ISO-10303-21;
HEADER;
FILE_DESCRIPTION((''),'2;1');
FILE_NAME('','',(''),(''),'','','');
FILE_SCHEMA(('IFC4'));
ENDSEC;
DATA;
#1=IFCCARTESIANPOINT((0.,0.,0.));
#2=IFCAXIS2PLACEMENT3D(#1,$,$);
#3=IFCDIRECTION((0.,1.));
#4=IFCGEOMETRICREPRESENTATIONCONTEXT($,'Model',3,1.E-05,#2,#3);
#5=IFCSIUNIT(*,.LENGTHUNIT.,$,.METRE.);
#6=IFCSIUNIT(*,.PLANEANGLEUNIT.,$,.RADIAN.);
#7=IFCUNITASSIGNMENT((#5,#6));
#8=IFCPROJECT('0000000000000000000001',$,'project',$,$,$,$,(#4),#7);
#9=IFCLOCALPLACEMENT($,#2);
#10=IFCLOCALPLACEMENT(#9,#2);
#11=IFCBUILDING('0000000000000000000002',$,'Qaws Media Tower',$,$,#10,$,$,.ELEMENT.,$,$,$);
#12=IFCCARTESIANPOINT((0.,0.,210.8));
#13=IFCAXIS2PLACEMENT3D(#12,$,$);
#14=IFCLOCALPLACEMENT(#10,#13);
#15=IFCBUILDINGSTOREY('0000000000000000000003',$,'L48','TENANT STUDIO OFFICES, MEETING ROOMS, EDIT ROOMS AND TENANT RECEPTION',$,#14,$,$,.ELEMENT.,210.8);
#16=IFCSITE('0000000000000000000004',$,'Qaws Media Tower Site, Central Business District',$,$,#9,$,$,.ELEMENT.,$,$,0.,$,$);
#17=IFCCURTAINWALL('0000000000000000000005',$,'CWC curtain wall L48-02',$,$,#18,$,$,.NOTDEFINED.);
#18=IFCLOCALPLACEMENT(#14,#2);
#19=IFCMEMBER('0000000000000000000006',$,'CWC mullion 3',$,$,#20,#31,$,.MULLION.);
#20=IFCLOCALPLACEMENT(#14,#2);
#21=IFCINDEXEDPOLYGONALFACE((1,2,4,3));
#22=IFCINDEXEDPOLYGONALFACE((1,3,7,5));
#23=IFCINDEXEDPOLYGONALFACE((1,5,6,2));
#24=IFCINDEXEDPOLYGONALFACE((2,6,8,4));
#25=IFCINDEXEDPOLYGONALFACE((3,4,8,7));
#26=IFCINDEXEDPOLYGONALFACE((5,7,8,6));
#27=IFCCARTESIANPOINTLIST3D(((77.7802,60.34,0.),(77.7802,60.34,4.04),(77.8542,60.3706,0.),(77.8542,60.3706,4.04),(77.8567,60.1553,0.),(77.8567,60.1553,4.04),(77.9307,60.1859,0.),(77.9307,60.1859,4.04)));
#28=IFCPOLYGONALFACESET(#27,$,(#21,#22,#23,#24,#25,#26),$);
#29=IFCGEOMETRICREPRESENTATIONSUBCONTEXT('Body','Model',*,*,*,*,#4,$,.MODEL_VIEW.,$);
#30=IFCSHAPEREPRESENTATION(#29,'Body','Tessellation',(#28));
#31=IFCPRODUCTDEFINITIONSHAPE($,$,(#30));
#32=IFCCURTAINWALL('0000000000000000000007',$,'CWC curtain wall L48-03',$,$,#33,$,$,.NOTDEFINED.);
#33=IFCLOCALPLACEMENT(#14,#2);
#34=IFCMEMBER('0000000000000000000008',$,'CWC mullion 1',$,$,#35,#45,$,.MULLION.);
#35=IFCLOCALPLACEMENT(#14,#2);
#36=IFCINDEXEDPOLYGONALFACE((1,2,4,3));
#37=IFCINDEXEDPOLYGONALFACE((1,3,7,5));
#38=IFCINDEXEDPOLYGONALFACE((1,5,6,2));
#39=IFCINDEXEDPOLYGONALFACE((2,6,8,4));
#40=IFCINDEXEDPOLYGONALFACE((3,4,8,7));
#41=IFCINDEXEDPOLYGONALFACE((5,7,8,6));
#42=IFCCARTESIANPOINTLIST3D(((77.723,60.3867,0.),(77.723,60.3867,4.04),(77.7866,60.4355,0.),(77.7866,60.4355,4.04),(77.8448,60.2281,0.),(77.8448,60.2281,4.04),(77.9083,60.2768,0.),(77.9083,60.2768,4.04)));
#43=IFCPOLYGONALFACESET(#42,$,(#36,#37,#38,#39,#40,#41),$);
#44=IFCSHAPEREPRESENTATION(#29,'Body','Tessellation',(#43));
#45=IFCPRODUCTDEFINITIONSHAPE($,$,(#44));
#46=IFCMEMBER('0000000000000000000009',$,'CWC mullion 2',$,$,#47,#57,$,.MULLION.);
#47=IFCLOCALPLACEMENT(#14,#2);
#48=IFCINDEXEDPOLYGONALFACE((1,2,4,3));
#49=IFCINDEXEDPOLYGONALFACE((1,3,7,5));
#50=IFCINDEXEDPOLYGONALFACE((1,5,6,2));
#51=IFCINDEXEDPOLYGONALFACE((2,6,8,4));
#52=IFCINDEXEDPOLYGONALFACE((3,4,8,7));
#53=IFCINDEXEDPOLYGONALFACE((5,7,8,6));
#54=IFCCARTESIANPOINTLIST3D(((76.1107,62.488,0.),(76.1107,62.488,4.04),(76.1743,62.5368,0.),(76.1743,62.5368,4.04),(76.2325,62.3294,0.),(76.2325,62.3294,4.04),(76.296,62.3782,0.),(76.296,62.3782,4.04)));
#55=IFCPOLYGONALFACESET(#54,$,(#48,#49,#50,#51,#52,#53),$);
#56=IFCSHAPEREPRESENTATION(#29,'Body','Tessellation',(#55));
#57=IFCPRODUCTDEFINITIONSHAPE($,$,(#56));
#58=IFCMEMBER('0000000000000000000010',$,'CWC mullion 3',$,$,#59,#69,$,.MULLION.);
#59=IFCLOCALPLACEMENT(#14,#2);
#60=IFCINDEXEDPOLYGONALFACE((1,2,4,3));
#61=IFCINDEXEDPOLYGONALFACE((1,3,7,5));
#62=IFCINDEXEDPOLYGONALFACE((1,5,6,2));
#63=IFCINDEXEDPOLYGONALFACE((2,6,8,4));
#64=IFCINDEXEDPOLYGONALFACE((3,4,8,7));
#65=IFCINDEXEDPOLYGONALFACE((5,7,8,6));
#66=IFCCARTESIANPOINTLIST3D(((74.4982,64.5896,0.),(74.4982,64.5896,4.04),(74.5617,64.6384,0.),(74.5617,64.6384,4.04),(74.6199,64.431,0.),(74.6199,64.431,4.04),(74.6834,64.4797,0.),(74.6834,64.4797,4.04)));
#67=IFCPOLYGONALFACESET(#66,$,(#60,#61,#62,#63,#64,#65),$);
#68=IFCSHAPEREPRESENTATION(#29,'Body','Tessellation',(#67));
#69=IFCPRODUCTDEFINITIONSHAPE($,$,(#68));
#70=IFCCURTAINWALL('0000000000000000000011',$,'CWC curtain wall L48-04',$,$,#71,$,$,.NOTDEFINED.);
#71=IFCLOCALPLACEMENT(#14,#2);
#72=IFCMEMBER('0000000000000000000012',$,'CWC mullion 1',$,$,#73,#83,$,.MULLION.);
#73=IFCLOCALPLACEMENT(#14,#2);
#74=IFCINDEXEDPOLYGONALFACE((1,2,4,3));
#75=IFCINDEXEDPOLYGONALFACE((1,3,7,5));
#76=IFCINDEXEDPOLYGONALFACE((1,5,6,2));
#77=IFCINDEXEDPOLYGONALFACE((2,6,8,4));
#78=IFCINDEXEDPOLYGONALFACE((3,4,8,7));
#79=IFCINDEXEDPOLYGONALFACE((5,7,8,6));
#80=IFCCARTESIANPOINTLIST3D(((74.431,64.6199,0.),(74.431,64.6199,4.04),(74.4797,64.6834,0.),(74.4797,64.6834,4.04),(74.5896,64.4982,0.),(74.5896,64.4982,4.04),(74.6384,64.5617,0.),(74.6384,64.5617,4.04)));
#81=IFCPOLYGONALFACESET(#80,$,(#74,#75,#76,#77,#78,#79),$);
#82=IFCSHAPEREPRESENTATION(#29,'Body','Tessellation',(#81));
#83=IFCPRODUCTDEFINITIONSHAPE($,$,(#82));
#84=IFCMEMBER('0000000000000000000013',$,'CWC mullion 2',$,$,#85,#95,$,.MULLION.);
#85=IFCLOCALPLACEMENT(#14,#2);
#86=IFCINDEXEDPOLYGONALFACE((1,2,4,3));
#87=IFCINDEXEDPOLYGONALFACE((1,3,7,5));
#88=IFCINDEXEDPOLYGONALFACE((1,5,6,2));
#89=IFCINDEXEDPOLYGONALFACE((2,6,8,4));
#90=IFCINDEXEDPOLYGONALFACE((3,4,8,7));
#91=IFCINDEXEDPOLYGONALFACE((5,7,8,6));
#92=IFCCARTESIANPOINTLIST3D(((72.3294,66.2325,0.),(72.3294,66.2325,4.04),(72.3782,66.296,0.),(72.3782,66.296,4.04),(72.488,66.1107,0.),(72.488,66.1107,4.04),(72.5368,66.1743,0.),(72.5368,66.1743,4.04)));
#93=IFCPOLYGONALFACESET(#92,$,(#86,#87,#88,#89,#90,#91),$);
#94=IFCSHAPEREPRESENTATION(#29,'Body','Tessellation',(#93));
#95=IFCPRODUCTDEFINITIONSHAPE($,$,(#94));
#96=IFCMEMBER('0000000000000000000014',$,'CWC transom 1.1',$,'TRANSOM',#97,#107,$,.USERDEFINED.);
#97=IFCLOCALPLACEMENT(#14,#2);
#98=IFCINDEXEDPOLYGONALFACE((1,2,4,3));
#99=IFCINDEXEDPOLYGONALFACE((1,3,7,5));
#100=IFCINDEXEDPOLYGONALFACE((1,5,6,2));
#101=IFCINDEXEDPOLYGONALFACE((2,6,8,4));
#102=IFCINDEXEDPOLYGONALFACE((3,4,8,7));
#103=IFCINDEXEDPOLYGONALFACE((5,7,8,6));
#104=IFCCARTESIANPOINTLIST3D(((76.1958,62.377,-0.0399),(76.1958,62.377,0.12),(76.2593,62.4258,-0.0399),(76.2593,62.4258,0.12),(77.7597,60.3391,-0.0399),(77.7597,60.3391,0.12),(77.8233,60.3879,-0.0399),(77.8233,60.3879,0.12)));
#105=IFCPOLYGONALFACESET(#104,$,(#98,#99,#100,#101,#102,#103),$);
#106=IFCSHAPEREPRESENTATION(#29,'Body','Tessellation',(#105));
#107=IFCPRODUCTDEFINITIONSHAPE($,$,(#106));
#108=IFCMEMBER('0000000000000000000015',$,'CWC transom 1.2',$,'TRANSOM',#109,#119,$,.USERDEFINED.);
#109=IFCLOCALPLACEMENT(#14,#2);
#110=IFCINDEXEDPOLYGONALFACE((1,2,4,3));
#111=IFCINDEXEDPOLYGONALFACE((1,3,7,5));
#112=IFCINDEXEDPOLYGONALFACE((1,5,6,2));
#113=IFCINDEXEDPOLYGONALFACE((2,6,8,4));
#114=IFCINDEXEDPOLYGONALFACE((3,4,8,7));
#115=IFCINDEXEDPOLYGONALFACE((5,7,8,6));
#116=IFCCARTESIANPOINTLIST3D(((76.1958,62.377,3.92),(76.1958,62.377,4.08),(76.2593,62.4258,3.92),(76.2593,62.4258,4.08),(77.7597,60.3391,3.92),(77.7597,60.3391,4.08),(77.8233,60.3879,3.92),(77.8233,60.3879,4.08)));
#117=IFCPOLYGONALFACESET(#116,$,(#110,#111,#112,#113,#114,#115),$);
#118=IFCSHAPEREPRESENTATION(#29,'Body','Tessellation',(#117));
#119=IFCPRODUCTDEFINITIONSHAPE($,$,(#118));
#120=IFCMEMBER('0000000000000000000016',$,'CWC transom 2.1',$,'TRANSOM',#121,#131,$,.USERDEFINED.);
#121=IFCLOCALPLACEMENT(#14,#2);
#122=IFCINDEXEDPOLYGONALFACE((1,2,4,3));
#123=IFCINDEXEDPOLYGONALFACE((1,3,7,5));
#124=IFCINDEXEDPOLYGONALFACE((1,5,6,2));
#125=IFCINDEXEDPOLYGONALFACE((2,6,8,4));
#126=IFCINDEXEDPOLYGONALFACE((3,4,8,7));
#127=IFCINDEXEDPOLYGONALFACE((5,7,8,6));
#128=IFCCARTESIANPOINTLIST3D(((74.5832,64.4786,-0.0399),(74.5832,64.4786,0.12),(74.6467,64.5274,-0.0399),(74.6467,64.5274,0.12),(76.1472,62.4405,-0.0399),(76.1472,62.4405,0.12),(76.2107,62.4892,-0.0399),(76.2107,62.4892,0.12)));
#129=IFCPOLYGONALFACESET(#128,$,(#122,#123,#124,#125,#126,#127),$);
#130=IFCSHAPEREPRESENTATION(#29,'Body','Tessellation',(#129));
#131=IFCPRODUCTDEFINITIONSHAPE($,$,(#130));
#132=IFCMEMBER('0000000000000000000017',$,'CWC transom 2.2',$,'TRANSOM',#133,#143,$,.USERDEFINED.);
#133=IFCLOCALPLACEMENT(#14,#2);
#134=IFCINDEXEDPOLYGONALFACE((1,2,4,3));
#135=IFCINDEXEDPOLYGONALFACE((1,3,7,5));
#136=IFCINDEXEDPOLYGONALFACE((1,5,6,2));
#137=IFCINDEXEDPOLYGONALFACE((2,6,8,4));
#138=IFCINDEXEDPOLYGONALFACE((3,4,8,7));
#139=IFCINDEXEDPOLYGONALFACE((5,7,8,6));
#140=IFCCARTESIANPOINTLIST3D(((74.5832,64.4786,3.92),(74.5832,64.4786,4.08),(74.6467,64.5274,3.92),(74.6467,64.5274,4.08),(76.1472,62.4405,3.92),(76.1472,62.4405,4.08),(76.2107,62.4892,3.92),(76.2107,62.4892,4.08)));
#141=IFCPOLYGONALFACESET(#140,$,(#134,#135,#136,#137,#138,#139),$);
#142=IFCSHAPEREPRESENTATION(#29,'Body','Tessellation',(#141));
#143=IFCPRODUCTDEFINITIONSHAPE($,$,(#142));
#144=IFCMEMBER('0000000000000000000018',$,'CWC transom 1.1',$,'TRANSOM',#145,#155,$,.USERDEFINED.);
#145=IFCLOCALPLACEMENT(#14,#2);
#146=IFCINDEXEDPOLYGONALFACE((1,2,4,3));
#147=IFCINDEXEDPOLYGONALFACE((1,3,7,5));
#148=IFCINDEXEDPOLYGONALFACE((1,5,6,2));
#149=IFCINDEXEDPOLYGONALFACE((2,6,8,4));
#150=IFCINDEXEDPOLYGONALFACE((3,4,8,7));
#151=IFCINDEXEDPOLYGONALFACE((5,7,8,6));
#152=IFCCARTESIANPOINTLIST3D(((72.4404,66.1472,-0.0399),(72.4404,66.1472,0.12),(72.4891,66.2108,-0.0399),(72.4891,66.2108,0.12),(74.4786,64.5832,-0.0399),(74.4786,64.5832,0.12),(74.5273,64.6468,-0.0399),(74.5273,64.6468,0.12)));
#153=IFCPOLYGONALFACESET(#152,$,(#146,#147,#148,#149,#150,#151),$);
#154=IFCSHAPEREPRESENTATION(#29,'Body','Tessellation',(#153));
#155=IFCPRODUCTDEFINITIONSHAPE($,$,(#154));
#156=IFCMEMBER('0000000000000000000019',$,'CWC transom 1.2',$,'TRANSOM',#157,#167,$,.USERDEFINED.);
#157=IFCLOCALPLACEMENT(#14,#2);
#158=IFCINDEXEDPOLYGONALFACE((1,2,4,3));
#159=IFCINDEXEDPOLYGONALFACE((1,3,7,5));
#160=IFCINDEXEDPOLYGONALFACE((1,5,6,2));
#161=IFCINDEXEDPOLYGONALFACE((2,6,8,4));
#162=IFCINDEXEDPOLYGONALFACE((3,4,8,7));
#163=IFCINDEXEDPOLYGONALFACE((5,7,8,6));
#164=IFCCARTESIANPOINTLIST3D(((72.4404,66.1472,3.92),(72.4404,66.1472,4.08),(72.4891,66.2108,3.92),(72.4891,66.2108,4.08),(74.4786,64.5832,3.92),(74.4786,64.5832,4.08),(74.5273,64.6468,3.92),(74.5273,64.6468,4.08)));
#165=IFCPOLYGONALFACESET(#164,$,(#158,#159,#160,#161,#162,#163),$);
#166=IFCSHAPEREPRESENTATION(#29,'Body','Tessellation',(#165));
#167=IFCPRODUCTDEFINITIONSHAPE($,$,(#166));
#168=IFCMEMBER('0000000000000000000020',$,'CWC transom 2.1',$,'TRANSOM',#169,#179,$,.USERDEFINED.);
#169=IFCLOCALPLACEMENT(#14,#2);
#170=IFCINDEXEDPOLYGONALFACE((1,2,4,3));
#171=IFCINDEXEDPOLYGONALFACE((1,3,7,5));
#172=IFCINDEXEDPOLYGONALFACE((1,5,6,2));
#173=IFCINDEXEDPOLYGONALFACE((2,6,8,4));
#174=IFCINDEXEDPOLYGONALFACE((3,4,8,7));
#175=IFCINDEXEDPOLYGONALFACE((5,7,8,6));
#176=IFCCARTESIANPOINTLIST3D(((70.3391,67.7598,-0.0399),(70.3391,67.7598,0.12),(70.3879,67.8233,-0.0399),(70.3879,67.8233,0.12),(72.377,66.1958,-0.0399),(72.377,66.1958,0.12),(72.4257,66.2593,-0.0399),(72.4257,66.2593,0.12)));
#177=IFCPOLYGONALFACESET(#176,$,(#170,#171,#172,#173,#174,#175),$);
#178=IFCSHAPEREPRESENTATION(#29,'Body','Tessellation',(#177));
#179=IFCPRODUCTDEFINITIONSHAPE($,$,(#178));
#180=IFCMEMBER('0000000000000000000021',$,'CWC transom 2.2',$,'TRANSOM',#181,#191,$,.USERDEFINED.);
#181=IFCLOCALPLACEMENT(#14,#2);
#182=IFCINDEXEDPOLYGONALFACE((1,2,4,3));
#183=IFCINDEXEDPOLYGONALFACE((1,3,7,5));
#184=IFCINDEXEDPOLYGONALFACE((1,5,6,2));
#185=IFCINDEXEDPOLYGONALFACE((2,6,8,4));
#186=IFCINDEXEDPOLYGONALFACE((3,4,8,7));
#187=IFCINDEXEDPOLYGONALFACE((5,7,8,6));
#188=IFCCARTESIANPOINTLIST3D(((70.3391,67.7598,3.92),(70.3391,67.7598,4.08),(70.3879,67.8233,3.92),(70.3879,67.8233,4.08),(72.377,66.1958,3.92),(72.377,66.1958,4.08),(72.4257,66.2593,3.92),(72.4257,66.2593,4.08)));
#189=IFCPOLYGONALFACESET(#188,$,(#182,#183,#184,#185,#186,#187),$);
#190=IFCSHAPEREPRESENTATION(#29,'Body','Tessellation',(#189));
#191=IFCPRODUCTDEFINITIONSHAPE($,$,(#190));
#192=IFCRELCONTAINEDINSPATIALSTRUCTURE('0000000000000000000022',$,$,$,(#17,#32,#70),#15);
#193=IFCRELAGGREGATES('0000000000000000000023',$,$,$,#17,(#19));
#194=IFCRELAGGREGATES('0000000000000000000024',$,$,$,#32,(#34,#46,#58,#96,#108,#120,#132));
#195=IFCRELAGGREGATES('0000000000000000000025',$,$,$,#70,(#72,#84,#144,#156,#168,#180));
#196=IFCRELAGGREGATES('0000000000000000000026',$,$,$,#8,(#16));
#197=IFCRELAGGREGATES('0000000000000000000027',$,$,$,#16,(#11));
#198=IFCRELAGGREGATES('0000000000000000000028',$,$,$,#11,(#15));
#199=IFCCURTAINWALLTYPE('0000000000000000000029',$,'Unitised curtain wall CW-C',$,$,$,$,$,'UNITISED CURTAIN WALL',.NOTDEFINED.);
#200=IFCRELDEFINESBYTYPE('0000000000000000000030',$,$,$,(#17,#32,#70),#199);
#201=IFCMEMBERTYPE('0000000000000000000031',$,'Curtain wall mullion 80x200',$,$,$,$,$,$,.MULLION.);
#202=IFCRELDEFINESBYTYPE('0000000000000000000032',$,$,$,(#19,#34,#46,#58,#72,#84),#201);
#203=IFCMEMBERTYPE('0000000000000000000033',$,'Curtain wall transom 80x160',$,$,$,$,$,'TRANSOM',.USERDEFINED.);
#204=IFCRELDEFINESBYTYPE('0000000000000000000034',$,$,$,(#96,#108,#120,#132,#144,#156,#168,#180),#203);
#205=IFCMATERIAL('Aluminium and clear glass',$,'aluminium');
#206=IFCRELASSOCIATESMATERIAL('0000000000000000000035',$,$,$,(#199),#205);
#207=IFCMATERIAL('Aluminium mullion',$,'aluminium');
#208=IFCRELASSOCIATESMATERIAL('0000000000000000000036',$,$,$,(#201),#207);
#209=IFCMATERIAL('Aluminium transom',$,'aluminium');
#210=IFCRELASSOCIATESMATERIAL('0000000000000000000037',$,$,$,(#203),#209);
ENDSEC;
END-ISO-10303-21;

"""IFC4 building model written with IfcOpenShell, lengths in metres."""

from ifc_helpers import new_model, si_unit, direction, frame, origin, origin_2d, place, context, subcontext, project, spatial, rectangle, extrude, material, material_profile, profile_set, type_object, element, aggregate, save


model = new_model("IFC4")

# Units and contexts
model_context = context("Model", 3, precision=1e-05, world=origin(), true_north=direction((0.0, 1.0)))
body_context = subcontext(model_context, "Body", "Model", "MODEL_VIEW")
ifc_project = project(units=[si_unit("LENGTHUNIT", "METRE"), si_unit("PLANEANGLEUNIT", "RADIAN")], contexts=[model_context])

# Site, building, storey
site_placement = place(None, origin())
site = spatial("IfcSite", under=ifc_project, at=site_placement, Name="Qaws Media Tower Site, Central Business District", CompositionType="ELEMENT", RefElevation=0.0)
building_placement = place(site_placement, origin())
building = spatial("IfcBuilding", under=site, at=building_placement, Name="Qaws Media Tower", CompositionType="ELEMENT")
storey_placement = place(building_placement, frame((0.0, 0.0, 210.8)))
storey = spatial("IfcBuildingStorey", under=building, at=storey_placement, Name="L48", Description="TENANT STUDIO OFFICES, MEETING ROOMS, EDIT ROOMS AND TENANT RECEPTION", CompositionType="ELEMENT", Elevation=210.8)

# Curtain wall, member
ifc_material_1 = material(Name="Aluminium and clear glass", Category="aluminium")
curtain_wall_type = type_object("IfcCurtainWallType", Name="Unitised curtain wall CW-C", ElementType="UNITISED CURTAIN WALL", PredefinedType="NOTDEFINED", material=ifc_material_1)
curtain_wall_1_placement = place(storey_placement, origin())
curtain_wall_1 = element("IfcCurtainWall", 1, at=curtain_wall_1_placement, inside=storey, type_object=curtain_wall_type, Name="CWC curtain wall L48-02", PredefinedType="NOTDEFINED")
ifc_material_2 = material(Name="Aluminium mullion", Category="aluminium")
ifc_material_profile_1 = material_profile(ifc_material_2, rectangle(XDim=0.0801, YDim=0.2, at=origin_2d()), Name="80x200")
ifc_profile_set_1 = profile_set([ifc_material_profile_1], Name="Aluminium mullion")
member_type_1 = type_object("IfcMemberType", Name="Curtain wall mullion 80x200", PredefinedType="MULLION", material=ifc_profile_set_1)
member_1_placement = place(storey_placement, frame((77.8555, 60.2629, 0.0), z_axis=(0.0, 0.0, 1.0), x_axis=(-0.92388, -0.382683, 0.0)))
member_1 = element("IfcMember", 2, at=member_1_placement, type_object=member_type_1, Name="CWC mullion 3", PredefinedType="MULLION", context=body_context, shape_type="SweptSolid", body=[
    extrude(rectangle(XDim=0.0801, YDim=0.2, at=origin_2d()), origin(), (0.0, 0.0, 1.0), 4.04),
])

# Curtain walls, members
curtain_wall_2_placement = place(storey_placement, origin())
curtain_wall_2 = element("IfcCurtainWall", 3, at=curtain_wall_2_placement, inside=storey, type_object=curtain_wall_type, Name="CWC curtain wall L48-03", PredefinedType="NOTDEFINED")
member_2_placement = place(storey_placement, frame((77.8157, 60.3318, 0.0), z_axis=(0.0, 0.0, 1.0), x_axis=(-0.793353, -0.608761, 0.0)))
member_2 = element("IfcMember", 4, at=member_2_placement, type_object=member_type_1, Name="CWC mullion 1", PredefinedType="MULLION", context=body_context, shape_type="SweptSolid", body=[
    extrude(rectangle(XDim=0.0801, YDim=0.2, at=origin_2d()), origin(), (0.0, 0.0, 1.0), 4.04),
])
member_3_placement = place(storey_placement, frame((76.2034, 62.4331, 0.0), z_axis=(0.0, 0.0, 1.0), x_axis=(-0.793353, -0.608761, 0.0)))
member_3 = element("IfcMember", 5, at=member_3_placement, type_object=member_type_1, Name="CWC mullion 2", PredefinedType="MULLION", context=body_context, shape_type="SweptSolid", body=[
    extrude(rectangle(XDim=0.0801, YDim=0.2, at=origin_2d()), origin(), (0.0, 0.0, 1.0), 4.04),
])
member_4_placement = place(storey_placement, frame((74.5908, 64.5347, 0.0), z_axis=(0.0, 0.0, 1.0), x_axis=(-0.793353, -0.608761, 0.0)))
member_4 = element("IfcMember", 6, at=member_4_placement, type_object=member_type_1, Name="CWC mullion 3", PredefinedType="MULLION", context=body_context, shape_type="SweptSolid", body=[
    extrude(rectangle(XDim=0.0801, YDim=0.2, at=origin_2d()), origin(), (0.0, 0.0, 1.0), 4.04),
])
curtain_wall_3_placement = place(storey_placement, origin())
curtain_wall_3 = element("IfcCurtainWall", 7, at=curtain_wall_3_placement, inside=storey, type_object=curtain_wall_type, Name="CWC curtain wall L48-04", PredefinedType="NOTDEFINED")
member_5_placement = place(storey_placement, frame((74.5347, 64.5908, 0.0), z_axis=(0.0, 0.0, 1.0), x_axis=(-0.608761, -0.793353, 0.0)))
member_5 = element("IfcMember", 8, at=member_5_placement, type_object=member_type_1, Name="CWC mullion 1", PredefinedType="MULLION", context=body_context, shape_type="SweptSolid", body=[
    extrude(rectangle(XDim=0.0801, YDim=0.2, at=origin_2d()), origin(), (0.0, 0.0, 1.0), 4.04),
])
member_6_placement = place(storey_placement, frame((72.4331, 66.2034, 0.0), z_axis=(0.0, 0.0, 1.0), x_axis=(-0.608761, -0.793353, 0.0)))
member_6 = element("IfcMember", 9, at=member_6_placement, type_object=member_type_1, Name="CWC mullion 2", PredefinedType="MULLION", context=body_context, shape_type="SweptSolid", body=[
    extrude(rectangle(XDim=0.0801, YDim=0.2, at=origin_2d()), origin(), (0.0, 0.0, 1.0), 4.04),
])

# Members
ifc_material_3 = material(Name="Aluminium transom", Category="aluminium")
ifc_material_profile_2 = material_profile(ifc_material_3, rectangle(XDim=0.0801, YDim=0.1599, at=origin_2d()), Name="80x160")
ifc_profile_set_2 = profile_set([ifc_material_profile_2], Name="Aluminium transom")
member_type_2 = type_object("IfcMemberType", Name="Curtain wall transom 80x160", ElementType="TRANSOM", PredefinedType="USERDEFINED", material=ifc_profile_set_2)
member_7_placement = place(storey_placement, frame((77.7915, 60.3635, 0.04), z_axis=(-0.608829, 0.793302, 0.0), x_axis=(-0.793302, -0.608829, 0.0)))
member_7 = element("IfcMember", 10, at=member_7_placement, type_object=member_type_2, Name="CWC transom 1.1", ObjectType="TRANSOM", PredefinedType="USERDEFINED", context=body_context, shape_type="SweptSolid", body=[
    extrude(rectangle(XDim=0.0801, YDim=0.1599, at=origin_2d()), origin(), (0.0, 0.0, 1.0), 2.5688),
])
member_8_placement = place(storey_placement, frame((77.7915, 60.3635, 4.0), z_axis=(-0.608829, 0.793302, 0.0), x_axis=(-0.793302, -0.608829, 0.0)))
member_8 = element("IfcMember", 11, at=member_8_placement, type_object=member_type_2, Name="CWC transom 1.2", ObjectType="TRANSOM", PredefinedType="USERDEFINED", context=body_context, shape_type="SweptSolid", body=[
    extrude(rectangle(XDim=0.0801, YDim=0.1599, at=origin_2d()), origin(), (0.0, 0.0, 1.0), 2.5688),
])
member_9_placement = place(storey_placement, frame((76.179, 62.4648, 0.04), z_axis=(-0.608783, 0.793337, 0.0), x_axis=(-0.793337, -0.608783, 0.0)))
member_9 = element("IfcMember", 12, at=member_9_placement, type_object=member_type_2, Name="CWC transom 2.1", ObjectType="TRANSOM", PredefinedType="USERDEFINED", context=body_context, shape_type="SweptSolid", body=[
    extrude(rectangle(XDim=0.0801, YDim=0.1599, at=origin_2d()), origin(), (0.0, 0.0, 1.0), 2.5691),
])
member_10_placement = place(storey_placement, frame((76.179, 62.4648, 4.0), z_axis=(-0.608783, 0.793337, 0.0), x_axis=(-0.793337, -0.608783, 0.0)))
member_10 = element("IfcMember", 13, at=member_10_placement, type_object=member_type_2, Name="CWC transom 2.2", ObjectType="TRANSOM", PredefinedType="USERDEFINED", context=body_context, shape_type="SweptSolid", body=[
    extrude(rectangle(XDim=0.0801, YDim=0.1599, at=origin_2d()), origin(), (0.0, 0.0, 1.0), 2.5691),
])
member_11_placement = place(storey_placement, frame((74.5029, 64.615, 0.04), z_axis=(-0.793337, 0.608783, 0.0), x_axis=(-0.608783, -0.793337, 0.0)))
member_11 = element("IfcMember", 14, at=member_11_placement, type_object=member_type_2, Name="CWC transom 1.1", ObjectType="TRANSOM", PredefinedType="USERDEFINED", context=body_context, shape_type="SweptSolid", body=[
    extrude(rectangle(XDim=0.0801, YDim=0.1599, at=origin_2d()), origin(), (0.0, 0.0, 1.0), 2.5691),
])
member_12_placement = place(storey_placement, frame((74.5029, 64.615, 4.0), z_axis=(-0.793337, 0.608783, 0.0), x_axis=(-0.608783, -0.793337, 0.0)))
member_12 = element("IfcMember", 15, at=member_12_placement, type_object=member_type_2, Name="CWC transom 1.2", ObjectType="TRANSOM", PredefinedType="USERDEFINED", context=body_context, shape_type="SweptSolid", body=[
    extrude(rectangle(XDim=0.0801, YDim=0.1599, at=origin_2d()), origin(), (0.0, 0.0, 1.0), 2.5691),
])
member_13_placement = place(storey_placement, frame((72.4014, 66.2275, 0.04), z_axis=(-0.793302, 0.608829, 0.0), x_axis=(-0.608829, -0.793302, 0.0)))
member_13 = element("IfcMember", 16, at=member_13_placement, type_object=member_type_2, Name="CWC transom 2.1", ObjectType="TRANSOM", PredefinedType="USERDEFINED", context=body_context, shape_type="SweptSolid", body=[
    extrude(rectangle(XDim=0.0801, YDim=0.1599, at=origin_2d()), origin(), (0.0, 0.0, 1.0), 2.5688),
])
member_14_placement = place(storey_placement, frame((72.4014, 66.2275, 4.0), z_axis=(-0.793302, 0.608829, 0.0), x_axis=(-0.608829, -0.793302, 0.0)))
member_14 = element("IfcMember", 17, at=member_14_placement, type_object=member_type_2, Name="CWC transom 2.2", ObjectType="TRANSOM", PredefinedType="USERDEFINED", context=body_context, shape_type="SweptSolid", body=[
    extrude(rectangle(XDim=0.0801, YDim=0.1599, at=origin_2d()), origin(), (0.0, 0.0, 1.0), 2.5688),
])

aggregate(curtain_wall_1, [member_1])
aggregate(curtain_wall_2, [member_2, member_3, member_4, member_7, member_8, member_9, member_10])
aggregate(curtain_wall_3, [member_5, member_6, member_11, member_12, member_13, member_14])

save(model, "model.ifc")
